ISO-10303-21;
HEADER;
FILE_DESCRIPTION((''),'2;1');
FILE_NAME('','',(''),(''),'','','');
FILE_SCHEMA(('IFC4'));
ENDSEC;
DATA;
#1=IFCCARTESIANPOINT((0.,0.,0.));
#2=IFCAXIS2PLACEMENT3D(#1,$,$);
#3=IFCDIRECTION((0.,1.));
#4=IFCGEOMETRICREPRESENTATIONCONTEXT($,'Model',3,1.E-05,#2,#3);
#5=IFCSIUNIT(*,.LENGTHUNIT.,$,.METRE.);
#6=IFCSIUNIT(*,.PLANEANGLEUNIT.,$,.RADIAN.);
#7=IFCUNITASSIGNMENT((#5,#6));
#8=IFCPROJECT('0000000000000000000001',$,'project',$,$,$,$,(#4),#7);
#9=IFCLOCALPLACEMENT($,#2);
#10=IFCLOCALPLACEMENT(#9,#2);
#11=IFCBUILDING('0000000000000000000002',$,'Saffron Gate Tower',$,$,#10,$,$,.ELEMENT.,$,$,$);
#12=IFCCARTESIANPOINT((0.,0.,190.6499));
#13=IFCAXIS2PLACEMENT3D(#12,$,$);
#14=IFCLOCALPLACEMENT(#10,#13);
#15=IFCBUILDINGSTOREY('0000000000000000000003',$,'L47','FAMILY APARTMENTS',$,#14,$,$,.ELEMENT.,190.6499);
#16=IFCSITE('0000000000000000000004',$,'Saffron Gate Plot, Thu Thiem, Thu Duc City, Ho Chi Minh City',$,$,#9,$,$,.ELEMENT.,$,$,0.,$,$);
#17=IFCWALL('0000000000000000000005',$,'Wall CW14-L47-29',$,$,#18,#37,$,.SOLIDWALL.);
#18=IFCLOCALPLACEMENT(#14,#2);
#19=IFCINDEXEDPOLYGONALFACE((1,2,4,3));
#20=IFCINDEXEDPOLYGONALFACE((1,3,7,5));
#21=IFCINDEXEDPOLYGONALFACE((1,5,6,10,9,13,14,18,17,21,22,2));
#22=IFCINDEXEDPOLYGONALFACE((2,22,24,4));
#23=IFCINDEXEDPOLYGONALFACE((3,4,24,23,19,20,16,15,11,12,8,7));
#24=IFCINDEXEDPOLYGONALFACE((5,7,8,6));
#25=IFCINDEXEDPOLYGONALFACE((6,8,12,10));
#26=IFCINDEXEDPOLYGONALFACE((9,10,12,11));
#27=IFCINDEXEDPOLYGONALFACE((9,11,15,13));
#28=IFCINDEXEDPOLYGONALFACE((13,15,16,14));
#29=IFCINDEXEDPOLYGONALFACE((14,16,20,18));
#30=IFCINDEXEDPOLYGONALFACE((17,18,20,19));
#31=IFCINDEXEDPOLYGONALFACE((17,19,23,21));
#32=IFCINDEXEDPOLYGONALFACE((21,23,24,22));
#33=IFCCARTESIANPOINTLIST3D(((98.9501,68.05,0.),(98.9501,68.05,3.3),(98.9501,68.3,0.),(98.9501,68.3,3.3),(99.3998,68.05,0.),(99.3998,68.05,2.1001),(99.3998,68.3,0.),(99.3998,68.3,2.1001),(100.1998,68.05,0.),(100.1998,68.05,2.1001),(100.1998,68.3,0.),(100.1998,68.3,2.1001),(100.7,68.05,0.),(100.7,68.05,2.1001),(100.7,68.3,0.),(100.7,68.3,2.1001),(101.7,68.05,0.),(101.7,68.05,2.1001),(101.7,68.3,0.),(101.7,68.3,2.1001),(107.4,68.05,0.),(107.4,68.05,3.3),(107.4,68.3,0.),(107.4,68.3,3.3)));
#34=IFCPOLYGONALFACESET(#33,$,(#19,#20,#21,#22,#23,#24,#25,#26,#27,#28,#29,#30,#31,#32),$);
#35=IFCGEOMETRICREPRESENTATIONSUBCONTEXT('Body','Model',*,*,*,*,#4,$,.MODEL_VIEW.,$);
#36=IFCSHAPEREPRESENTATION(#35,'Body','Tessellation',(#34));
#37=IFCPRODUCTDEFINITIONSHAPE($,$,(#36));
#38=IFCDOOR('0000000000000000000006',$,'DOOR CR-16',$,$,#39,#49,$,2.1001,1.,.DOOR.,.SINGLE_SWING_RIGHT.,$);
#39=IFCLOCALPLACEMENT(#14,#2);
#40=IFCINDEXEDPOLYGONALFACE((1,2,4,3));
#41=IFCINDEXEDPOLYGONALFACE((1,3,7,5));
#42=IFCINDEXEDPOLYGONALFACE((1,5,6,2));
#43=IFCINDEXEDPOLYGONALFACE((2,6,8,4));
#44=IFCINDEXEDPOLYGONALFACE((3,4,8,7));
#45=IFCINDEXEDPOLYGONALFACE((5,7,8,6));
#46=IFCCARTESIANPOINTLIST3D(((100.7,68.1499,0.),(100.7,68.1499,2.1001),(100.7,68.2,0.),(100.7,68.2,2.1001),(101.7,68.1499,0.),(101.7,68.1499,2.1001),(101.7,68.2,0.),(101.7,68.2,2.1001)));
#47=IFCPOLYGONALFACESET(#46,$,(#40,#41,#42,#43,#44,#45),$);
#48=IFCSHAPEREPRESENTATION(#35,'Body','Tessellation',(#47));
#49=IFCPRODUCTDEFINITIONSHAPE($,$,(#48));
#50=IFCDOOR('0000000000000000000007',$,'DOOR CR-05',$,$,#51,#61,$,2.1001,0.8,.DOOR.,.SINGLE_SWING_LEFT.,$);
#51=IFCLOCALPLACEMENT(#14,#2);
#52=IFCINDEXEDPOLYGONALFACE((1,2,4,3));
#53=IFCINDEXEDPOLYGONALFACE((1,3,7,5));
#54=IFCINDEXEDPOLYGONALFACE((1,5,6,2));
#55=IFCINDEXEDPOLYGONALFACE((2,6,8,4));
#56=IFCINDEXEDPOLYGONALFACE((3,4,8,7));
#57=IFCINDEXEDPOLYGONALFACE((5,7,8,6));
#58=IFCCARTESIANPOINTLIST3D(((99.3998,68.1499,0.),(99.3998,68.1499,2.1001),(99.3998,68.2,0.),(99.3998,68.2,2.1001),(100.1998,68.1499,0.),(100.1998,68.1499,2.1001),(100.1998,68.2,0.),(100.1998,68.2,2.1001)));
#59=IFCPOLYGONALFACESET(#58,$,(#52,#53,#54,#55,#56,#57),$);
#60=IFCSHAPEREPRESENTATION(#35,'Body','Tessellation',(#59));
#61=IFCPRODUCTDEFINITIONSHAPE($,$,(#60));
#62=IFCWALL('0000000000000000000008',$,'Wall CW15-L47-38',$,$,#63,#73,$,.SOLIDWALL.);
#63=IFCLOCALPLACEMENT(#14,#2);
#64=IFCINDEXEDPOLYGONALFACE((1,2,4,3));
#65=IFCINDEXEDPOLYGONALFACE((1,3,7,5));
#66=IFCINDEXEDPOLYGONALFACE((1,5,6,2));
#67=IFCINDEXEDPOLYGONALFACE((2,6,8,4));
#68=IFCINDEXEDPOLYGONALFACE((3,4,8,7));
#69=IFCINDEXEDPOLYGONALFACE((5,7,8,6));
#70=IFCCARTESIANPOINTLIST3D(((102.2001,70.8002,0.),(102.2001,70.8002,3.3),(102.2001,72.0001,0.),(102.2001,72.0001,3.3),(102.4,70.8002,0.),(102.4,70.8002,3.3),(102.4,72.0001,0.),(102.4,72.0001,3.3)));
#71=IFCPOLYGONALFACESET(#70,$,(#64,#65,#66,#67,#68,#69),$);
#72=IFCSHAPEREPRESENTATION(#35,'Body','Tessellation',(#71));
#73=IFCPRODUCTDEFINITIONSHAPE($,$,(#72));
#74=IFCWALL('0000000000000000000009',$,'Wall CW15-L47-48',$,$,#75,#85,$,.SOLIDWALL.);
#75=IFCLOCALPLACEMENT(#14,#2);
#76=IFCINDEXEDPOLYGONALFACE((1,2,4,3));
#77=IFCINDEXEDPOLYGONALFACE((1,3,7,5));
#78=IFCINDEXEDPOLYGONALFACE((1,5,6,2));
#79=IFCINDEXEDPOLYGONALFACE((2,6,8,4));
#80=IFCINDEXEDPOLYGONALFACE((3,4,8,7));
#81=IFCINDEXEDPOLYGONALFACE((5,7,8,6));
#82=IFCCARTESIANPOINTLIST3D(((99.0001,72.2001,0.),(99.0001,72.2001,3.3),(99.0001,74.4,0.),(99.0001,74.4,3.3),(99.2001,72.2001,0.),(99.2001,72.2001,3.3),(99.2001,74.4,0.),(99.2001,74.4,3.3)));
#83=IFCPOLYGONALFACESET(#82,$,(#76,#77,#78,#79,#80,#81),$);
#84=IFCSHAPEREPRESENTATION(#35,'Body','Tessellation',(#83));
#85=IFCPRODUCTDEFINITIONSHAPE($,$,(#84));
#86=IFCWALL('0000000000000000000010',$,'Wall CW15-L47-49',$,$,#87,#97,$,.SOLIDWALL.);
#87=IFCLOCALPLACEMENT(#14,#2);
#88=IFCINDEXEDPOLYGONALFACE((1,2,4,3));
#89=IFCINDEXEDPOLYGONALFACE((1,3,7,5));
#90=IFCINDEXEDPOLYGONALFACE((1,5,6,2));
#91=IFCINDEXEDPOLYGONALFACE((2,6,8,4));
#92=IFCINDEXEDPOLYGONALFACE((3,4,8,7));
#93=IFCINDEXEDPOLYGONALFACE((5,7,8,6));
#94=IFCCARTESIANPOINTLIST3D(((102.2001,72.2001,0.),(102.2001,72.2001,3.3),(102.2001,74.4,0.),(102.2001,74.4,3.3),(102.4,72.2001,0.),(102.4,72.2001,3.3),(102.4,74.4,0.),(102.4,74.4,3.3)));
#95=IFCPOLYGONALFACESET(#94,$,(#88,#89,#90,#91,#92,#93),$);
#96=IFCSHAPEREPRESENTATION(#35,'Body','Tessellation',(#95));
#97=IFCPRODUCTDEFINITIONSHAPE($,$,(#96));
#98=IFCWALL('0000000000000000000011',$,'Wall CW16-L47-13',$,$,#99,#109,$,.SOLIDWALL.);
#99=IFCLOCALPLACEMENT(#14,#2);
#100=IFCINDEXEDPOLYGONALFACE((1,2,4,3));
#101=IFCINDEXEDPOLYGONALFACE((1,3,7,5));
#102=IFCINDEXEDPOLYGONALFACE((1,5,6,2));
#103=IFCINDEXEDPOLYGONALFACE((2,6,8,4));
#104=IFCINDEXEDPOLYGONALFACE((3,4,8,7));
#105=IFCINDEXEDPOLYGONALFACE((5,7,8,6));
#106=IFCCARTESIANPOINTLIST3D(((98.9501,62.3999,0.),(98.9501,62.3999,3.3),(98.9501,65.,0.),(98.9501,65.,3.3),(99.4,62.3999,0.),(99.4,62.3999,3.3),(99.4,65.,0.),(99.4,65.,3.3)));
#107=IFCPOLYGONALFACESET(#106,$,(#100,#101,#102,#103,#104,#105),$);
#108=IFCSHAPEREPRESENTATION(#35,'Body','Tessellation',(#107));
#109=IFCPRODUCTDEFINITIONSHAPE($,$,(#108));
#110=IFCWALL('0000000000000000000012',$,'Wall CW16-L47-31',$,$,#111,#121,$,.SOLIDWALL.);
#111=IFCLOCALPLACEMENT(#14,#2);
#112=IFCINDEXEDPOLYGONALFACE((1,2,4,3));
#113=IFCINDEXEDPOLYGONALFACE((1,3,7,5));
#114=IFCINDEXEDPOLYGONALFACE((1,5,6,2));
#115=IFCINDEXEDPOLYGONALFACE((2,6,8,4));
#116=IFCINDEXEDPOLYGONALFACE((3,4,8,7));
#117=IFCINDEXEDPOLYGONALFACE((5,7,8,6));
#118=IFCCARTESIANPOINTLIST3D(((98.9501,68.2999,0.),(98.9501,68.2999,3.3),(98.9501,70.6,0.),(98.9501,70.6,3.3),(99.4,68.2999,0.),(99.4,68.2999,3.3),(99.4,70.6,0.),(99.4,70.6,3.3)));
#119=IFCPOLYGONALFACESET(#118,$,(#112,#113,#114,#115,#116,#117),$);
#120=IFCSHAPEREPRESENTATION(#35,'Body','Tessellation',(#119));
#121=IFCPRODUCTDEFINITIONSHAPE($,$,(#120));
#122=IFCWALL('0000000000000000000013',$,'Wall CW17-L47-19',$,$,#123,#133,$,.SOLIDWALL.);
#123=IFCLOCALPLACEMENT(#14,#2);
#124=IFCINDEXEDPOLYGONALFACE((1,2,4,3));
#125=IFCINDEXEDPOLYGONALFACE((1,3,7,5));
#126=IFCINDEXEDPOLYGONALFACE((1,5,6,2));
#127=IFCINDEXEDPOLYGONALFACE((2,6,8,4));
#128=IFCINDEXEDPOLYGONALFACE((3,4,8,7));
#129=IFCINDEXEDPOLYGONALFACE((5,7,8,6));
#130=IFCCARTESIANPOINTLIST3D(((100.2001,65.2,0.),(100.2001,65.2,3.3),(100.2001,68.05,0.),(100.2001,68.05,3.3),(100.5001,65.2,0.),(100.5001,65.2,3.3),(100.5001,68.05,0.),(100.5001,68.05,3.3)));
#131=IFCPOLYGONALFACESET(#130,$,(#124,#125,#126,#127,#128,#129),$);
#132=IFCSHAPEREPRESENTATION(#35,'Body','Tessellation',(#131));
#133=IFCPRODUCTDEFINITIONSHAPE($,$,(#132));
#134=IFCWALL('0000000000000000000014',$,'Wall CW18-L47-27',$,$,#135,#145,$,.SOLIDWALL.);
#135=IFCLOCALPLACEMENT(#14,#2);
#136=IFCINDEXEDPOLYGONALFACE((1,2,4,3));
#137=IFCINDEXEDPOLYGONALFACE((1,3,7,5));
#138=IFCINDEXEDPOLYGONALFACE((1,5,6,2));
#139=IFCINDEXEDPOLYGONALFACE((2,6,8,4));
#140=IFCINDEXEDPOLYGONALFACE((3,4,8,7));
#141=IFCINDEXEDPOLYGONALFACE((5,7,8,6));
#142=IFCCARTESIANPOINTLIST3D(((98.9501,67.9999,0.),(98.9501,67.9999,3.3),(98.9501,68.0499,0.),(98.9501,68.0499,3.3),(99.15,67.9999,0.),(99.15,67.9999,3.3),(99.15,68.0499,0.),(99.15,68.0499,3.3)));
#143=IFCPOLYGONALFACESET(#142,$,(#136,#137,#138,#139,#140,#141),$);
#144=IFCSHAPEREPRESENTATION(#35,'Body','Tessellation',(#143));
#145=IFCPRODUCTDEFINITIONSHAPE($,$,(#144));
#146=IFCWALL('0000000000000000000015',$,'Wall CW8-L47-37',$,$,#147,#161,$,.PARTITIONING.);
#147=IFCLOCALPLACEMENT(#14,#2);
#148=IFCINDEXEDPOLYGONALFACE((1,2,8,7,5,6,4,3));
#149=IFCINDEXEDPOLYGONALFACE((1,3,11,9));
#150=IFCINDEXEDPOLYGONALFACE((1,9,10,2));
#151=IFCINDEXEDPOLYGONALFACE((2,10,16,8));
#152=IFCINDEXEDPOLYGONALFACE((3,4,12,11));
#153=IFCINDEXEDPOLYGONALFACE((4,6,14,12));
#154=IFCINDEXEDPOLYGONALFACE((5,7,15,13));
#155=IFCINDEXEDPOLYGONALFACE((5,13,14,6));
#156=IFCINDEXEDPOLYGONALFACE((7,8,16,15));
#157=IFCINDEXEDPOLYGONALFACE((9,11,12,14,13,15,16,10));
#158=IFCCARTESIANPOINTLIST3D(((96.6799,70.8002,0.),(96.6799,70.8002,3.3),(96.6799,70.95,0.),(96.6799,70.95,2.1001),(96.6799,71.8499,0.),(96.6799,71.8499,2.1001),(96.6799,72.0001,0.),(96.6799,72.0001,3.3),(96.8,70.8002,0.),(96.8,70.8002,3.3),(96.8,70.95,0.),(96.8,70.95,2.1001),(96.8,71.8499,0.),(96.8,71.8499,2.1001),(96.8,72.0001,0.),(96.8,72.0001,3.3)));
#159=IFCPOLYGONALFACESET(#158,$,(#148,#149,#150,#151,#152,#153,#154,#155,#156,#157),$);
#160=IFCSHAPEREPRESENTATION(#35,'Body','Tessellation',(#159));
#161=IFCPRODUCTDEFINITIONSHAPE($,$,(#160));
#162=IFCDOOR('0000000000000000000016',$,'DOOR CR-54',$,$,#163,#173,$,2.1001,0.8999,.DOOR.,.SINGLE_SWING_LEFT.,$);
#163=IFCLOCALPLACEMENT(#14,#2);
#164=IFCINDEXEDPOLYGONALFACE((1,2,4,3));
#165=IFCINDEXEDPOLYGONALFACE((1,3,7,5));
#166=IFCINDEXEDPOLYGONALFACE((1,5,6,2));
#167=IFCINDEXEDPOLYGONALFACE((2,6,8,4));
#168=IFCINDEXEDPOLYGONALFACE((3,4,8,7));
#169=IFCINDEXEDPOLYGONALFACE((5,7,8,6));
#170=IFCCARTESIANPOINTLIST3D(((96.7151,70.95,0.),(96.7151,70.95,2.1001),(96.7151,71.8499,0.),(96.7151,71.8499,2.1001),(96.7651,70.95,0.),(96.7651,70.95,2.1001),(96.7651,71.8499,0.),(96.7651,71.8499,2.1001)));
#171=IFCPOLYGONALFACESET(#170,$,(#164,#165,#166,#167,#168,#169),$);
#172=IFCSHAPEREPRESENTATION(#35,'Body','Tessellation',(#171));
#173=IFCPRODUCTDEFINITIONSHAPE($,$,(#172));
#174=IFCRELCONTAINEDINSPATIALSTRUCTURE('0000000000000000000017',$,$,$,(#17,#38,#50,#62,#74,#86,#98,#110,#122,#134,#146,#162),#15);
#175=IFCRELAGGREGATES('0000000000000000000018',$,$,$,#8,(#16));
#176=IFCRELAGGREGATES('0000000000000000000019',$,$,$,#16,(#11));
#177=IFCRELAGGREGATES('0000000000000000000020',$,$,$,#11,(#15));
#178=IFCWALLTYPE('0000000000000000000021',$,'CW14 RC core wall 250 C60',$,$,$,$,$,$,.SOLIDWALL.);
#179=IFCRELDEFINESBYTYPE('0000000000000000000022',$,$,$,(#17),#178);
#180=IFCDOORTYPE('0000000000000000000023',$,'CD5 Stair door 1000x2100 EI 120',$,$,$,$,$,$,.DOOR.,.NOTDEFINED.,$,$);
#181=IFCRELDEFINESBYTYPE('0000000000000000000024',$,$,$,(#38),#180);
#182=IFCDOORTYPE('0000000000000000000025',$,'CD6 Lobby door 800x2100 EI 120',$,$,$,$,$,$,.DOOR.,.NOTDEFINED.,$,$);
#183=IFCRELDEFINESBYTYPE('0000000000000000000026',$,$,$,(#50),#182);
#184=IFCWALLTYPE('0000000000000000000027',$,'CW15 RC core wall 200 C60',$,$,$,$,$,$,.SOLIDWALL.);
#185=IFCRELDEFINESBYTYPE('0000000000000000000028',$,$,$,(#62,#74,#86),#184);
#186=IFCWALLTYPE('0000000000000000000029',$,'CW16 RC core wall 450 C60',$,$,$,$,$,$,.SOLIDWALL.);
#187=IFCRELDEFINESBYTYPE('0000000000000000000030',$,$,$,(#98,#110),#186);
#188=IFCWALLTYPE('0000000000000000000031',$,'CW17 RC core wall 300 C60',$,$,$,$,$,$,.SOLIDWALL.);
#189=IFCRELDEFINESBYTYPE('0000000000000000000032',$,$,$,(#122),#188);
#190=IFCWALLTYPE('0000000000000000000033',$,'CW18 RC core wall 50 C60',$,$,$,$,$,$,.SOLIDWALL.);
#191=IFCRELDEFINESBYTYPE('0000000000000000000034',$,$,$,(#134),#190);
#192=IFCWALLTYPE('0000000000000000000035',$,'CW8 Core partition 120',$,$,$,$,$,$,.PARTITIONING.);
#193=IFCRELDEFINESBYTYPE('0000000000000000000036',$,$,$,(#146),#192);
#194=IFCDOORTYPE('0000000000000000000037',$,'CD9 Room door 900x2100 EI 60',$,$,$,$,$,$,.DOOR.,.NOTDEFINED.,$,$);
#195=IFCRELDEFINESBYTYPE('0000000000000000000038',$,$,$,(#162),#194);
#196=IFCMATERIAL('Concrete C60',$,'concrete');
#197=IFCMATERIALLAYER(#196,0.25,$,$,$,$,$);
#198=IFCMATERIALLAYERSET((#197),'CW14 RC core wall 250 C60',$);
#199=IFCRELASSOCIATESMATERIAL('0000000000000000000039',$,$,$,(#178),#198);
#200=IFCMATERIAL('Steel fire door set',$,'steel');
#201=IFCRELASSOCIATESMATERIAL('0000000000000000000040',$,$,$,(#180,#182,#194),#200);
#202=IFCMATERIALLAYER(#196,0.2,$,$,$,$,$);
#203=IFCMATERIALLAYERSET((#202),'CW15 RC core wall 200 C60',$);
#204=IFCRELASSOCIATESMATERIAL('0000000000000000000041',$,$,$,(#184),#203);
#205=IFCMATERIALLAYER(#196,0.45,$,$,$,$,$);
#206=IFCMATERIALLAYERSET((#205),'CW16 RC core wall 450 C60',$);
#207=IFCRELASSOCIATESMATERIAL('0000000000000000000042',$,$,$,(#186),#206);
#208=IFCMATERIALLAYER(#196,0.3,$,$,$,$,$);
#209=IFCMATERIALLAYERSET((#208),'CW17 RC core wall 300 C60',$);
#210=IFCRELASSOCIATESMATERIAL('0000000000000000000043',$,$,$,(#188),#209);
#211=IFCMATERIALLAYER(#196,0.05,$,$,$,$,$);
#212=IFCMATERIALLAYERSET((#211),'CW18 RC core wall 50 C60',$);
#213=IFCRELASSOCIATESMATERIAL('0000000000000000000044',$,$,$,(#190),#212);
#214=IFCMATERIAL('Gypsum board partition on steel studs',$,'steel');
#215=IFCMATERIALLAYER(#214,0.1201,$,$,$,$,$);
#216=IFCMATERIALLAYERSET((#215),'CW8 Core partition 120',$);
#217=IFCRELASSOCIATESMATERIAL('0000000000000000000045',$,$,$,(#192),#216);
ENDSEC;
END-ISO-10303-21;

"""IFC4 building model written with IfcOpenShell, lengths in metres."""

from ifc_helpers import new_model, si_unit, direction, frame, frame_2d, origin, place, context, subcontext, project, spatial, rectangle, extrude, material, layer, layer_set, type_object, element, fill, save


model = new_model("IFC4")

# Units and contexts
model_context = context("Model", 3, precision=1e-05, world=origin(), true_north=direction((0.0, 1.0)))
body_context = subcontext(model_context, "Body", "Model", "MODEL_VIEW")
ifc_project = project(units=[si_unit("LENGTHUNIT", "METRE"), si_unit("PLANEANGLEUNIT", "RADIAN")], contexts=[model_context])

# Site, building, storey
site_placement = place(None, origin())
site = spatial("IfcSite", under=ifc_project, at=site_placement, Name="Saffron Gate Plot, Thu Thiem, Thu Duc City, Ho Chi Minh City", CompositionType="ELEMENT", RefElevation=0.0)
building_placement = place(site_placement, origin())
building = spatial("IfcBuilding", under=site, at=building_placement, Name="Saffron Gate Tower", CompositionType="ELEMENT")
storey_placement = place(building_placement, frame((0.0, 0.0, 190.6499)))
storey = spatial("IfcBuildingStorey", under=building, at=storey_placement, Name="L47", Description="FAMILY APARTMENTS", CompositionType="ELEMENT", Elevation=190.6499)

# Wall, openings, doors
ifc_material_1 = material(Name="Concrete C60", Category="concrete")
ifc_layer_1 = layer(ifc_material_1, 0.25)
ifc_layer_set_1 = layer_set([ifc_layer_1], Name="CW14 RC core wall 250 C60")
wall_type_1 = type_object("IfcWallType", Name="CW14 RC core wall 250 C60", PredefinedType="SOLIDWALL", material=ifc_layer_set_1)
wall_1_placement = place(storey_placement, frame((98.95, 68.175, 0.0), z_axis=(0.0, 0.0, 1.0), x_axis=(1.0, 0.0, 0.0)))
wall_1 = element("IfcWall", 1, at=wall_1_placement, inside=storey, type_object=wall_type_1, Name="Wall CW14-L47-29", PredefinedType="SOLIDWALL", context=body_context, shape_type="SweptSolid", body=[
    extrude(rectangle(XDim=8.45, YDim=0.25, at=frame_2d((4.2251, 0.0))), origin(), (0.0, 0.0, 1.0), 3.3),
])
opening_1_placement = place(wall_1_placement, frame((0.45, 0.0, 0.0)))
opening_1 = element("IfcOpeningElement", 2, at=opening_1_placement, cuts=wall_1, PredefinedType="OPENING", context=body_context, shape_type="SweptSolid", body=[
    extrude(rectangle(XDim=0.8, YDim=2.1001, at=frame_2d((0.3999, 1.05))), frame((0.0, 0.135, 0.0), z_axis=(0.0, -1.0, 0.0), x_axis=(1.0, 0.0, 0.0)), (0.0, 0.0, 1.0), 0.27),
])
opening_2_placement = place(wall_1_placement, frame((1.75, 0.0, 0.0)))
opening_2 = element("IfcOpeningElement", 3, at=opening_2_placement, cuts=wall_1, PredefinedType="OPENING", context=body_context, shape_type="SweptSolid", body=[
    extrude(rectangle(XDim=1.0, YDim=2.1001, at=frame_2d((0.5, 1.05))), frame((0.0, 0.135, 0.0), z_axis=(0.0, -1.0, 0.0), x_axis=(1.0, 0.0, 0.0)), (0.0, 0.0, 1.0), 0.27),
])
ifc_material_2 = material(Name="Steel fire door set", Category="steel")
door_type_1 = type_object("IfcDoorType", Name="CD5 Stair door 1000x2100 EI 120", OperationType="NOTDEFINED", PredefinedType="DOOR", material=ifc_material_2)
door_1_placement = place(opening_2_placement, origin())
door_1 = element("IfcDoor", 4, at=door_1_placement, inside=storey, type_object=door_type_1, Name="DOOR CR-16", OperationType="SINGLE_SWING_RIGHT", OverallHeight=2.1001, OverallWidth=1.0, PredefinedType="DOOR", context=body_context, shape_type="SweptSolid", body=[
    extrude(rectangle(XDim=1.0, YDim=2.1001, at=frame_2d((0.5, 1.05))), frame((0.0, 0.0249, 0.0), z_axis=(0.0, -1.0, 0.0), x_axis=(1.0, 0.0, 0.0)), (0.0, 0.0, 1.0), 0.05),
])
fill(opening_2, door_1)
door_type_2 = type_object("IfcDoorType", Name="CD6 Lobby door 800x2100 EI 120", OperationType="NOTDEFINED", PredefinedType="DOOR", material=ifc_material_2)
door_2_placement = place(opening_1_placement, origin())
door_2 = element("IfcDoor", 5, at=door_2_placement, inside=storey, type_object=door_type_2, Name="DOOR CR-05", OperationType="SINGLE_SWING_LEFT", OverallHeight=2.1001, OverallWidth=0.8, PredefinedType="DOOR", context=body_context, shape_type="SweptSolid", body=[
    extrude(rectangle(XDim=0.8, YDim=2.1001, at=frame_2d((0.3999, 1.05))), frame((0.0, 0.0249, 0.0), z_axis=(0.0, -1.0, 0.0), x_axis=(1.0, 0.0, 0.0)), (0.0, 0.0, 1.0), 0.05),
])
fill(opening_1, door_2)

# Walls
ifc_layer_2 = layer(ifc_material_1, 0.2)
ifc_layer_set_2 = layer_set([ifc_layer_2], Name="CW15 RC core wall 200 C60")
wall_type_2 = type_object("IfcWallType", Name="CW15 RC core wall 200 C60", PredefinedType="SOLIDWALL", material=ifc_layer_set_2)
wall_2_placement = place(storey_placement, frame((102.3, 70.8, 0.0), z_axis=(0.0, 0.0, 1.0), x_axis=(0.0, 1.0, 0.0)))
element("IfcWall", 6, at=wall_2_placement, inside=storey, type_object=wall_type_2, Name="Wall CW15-L47-38", PredefinedType="SOLIDWALL", context=body_context, shape_type="SweptSolid", body=[
    extrude(rectangle(XDim=1.2, YDim=0.2, at=frame_2d((0.6001, 0.0))), origin(), (0.0, 0.0, 1.0), 3.3),
])
for number, where, z_axis, x_axis, name in (
    (7, (99.1001, 72.2, 0.0), (0.0, 0.0, 1.0), (0.0, 1.0, 0.0), "Wall CW15-L47-48"),
    (8, (102.3, 72.2, 0.0), (0.0, 0.0, 1.0), (0.0, 1.0, 0.0), "Wall CW15-L47-49"),
):
    element("IfcWall", number, at=place(storey_placement, frame(where, z_axis=z_axis, x_axis=x_axis)), inside=storey, type_object=wall_type_2, Name=name, PredefinedType="SOLIDWALL", context=body_context, shape_type="SweptSolid", body=[
        extrude(rectangle(XDim=2.2, YDim=0.2, at=frame_2d((1.1001, 0.0))), origin(), (0.0, 0.0, 1.0), 3.3),
    ])
ifc_layer_3 = layer(ifc_material_1, 0.45)
ifc_layer_set_3 = layer_set([ifc_layer_3], Name="CW16 RC core wall 450 C60")
wall_type_3 = type_object("IfcWallType", Name="CW16 RC core wall 450 C60", PredefinedType="SOLIDWALL", material=ifc_layer_set_3)
wall_3_placement = place(storey_placement, frame((99.175, 62.3999, 0.0), z_axis=(0.0, 0.0, 1.0), x_axis=(0.0, 1.0, 0.0)))
element("IfcWall", 9, at=wall_3_placement, inside=storey, type_object=wall_type_3, Name="Wall CW16-L47-13", PredefinedType="SOLIDWALL", context=body_context, shape_type="SweptSolid", body=[
    extrude(rectangle(XDim=2.6001, YDim=0.45, at=frame_2d((1.3, 0.0))), origin(), (0.0, 0.0, 1.0), 3.3),
])
wall_4_placement = place(storey_placement, frame((99.175, 68.3, 0.0), z_axis=(0.0, 0.0, 1.0), x_axis=(0.0, 1.0, 0.0)))
element("IfcWall", 10, at=wall_4_placement, inside=storey, type_object=wall_type_3, Name="Wall CW16-L47-31", PredefinedType="SOLIDWALL", context=body_context, shape_type="SweptSolid", body=[
    extrude(rectangle(XDim=2.3, YDim=0.45, at=frame_2d((1.1499, 0.0))), origin(), (0.0, 0.0, 1.0), 3.3),
])
ifc_layer_4 = layer(ifc_material_1, 0.3)
ifc_layer_set_4 = layer_set([ifc_layer_4], Name="CW17 RC core wall 300 C60")
wall_type_4 = type_object("IfcWallType", Name="CW17 RC core wall 300 C60", PredefinedType="SOLIDWALL", material=ifc_layer_set_4)
wall_5_placement = place(storey_placement, frame((100.3501, 65.2, 0.0), z_axis=(0.0, 0.0, 1.0), x_axis=(0.0, 1.0, 0.0)))
element("IfcWall", 11, at=wall_5_placement, inside=storey, type_object=wall_type_4, Name="Wall CW17-L47-19", PredefinedType="SOLIDWALL", context=body_context, shape_type="SweptSolid", body=[
    extrude(rectangle(XDim=2.8501, YDim=0.3, at=frame_2d((1.425, 0.0))), origin(), (0.0, 0.0, 1.0), 3.3),
])
ifc_layer_5 = layer(ifc_material_1, 0.05)
ifc_layer_set_5 = layer_set([ifc_layer_5], Name="CW18 RC core wall 50 C60")
wall_type_5 = type_object("IfcWallType", Name="CW18 RC core wall 50 C60", PredefinedType="SOLIDWALL", material=ifc_layer_set_5)
wall_6_placement = place(storey_placement, frame((98.95, 68.0249, 0.0), z_axis=(0.0, 0.0, 1.0), x_axis=(1.0, 0.0, 0.0)))
element("IfcWall", 12, at=wall_6_placement, inside=storey, type_object=wall_type_5, Name="Wall CW18-L47-27", PredefinedType="SOLIDWALL", context=body_context, shape_type="SweptSolid", body=[
    extrude(rectangle(XDim=0.2, YDim=0.05, at=frame_2d((0.1001, 0.0))), origin(), (0.0, 0.0, 1.0), 3.3),
])

# Wall, opening, door
ifc_material_3 = material(Name="Gypsum board partition on steel studs", Category="steel")
ifc_layer_6 = layer(ifc_material_3, 0.1201)
ifc_layer_set_6 = layer_set([ifc_layer_6], Name="CW8 Core partition 120")
wall_type_6 = type_object("IfcWallType", Name="CW8 Core partition 120", PredefinedType="PARTITIONING", material=ifc_layer_set_6)
wall_7_placement = place(storey_placement, frame((96.74, 70.8, 0.0), z_axis=(0.0, 0.0, 1.0), x_axis=(0.0, 1.0, 0.0)))
wall_7 = element("IfcWall", 13, at=wall_7_placement, inside=storey, type_object=wall_type_6, Name="Wall CW8-L47-37", PredefinedType="PARTITIONING", context=body_context, shape_type="SweptSolid", body=[
    extrude(rectangle(XDim=1.2, YDim=0.1201, at=frame_2d((0.6001, 0.0))), origin(), (0.0, 0.0, 1.0), 3.3),
])
opening_3_placement = place(wall_7_placement, frame((0.1499, 0.0, 0.0)))
opening_3 = element("IfcOpeningElement", 14, at=opening_3_placement, cuts=wall_7, PredefinedType="OPENING", context=body_context, shape_type="SweptSolid", body=[
    extrude(rectangle(XDim=0.8999, YDim=2.1001, at=frame_2d((0.45, 1.05))), frame((0.0, 0.0701, 0.0), z_axis=(0.0, -1.0, 0.0), x_axis=(1.0, 0.0, 0.0)), (0.0, 0.0, 1.0), 0.1401),
])
door_type_3 = type_object("IfcDoorType", Name="CD9 Room door 900x2100 EI 60", OperationType="NOTDEFINED", PredefinedType="DOOR", material=ifc_material_2)
door_3_placement = place(opening_3_placement, origin())
door_3 = element("IfcDoor", 15, at=door_3_placement, inside=storey, type_object=door_type_3, Name="DOOR CR-54", OperationType="SINGLE_SWING_LEFT", OverallHeight=2.1001, OverallWidth=0.8999, PredefinedType="DOOR", context=body_context, shape_type="SweptSolid", body=[
    extrude(rectangle(XDim=0.8999, YDim=2.1001, at=frame_2d((0.45, 1.05))), frame((0.0, 0.0249, 0.0), z_axis=(0.0, -1.0, 0.0), x_axis=(1.0, 0.0, 0.0)), (0.0, 0.0, 1.0), 0.05),
])
fill(opening_3, door_3)

save(model, "model.ifc")
